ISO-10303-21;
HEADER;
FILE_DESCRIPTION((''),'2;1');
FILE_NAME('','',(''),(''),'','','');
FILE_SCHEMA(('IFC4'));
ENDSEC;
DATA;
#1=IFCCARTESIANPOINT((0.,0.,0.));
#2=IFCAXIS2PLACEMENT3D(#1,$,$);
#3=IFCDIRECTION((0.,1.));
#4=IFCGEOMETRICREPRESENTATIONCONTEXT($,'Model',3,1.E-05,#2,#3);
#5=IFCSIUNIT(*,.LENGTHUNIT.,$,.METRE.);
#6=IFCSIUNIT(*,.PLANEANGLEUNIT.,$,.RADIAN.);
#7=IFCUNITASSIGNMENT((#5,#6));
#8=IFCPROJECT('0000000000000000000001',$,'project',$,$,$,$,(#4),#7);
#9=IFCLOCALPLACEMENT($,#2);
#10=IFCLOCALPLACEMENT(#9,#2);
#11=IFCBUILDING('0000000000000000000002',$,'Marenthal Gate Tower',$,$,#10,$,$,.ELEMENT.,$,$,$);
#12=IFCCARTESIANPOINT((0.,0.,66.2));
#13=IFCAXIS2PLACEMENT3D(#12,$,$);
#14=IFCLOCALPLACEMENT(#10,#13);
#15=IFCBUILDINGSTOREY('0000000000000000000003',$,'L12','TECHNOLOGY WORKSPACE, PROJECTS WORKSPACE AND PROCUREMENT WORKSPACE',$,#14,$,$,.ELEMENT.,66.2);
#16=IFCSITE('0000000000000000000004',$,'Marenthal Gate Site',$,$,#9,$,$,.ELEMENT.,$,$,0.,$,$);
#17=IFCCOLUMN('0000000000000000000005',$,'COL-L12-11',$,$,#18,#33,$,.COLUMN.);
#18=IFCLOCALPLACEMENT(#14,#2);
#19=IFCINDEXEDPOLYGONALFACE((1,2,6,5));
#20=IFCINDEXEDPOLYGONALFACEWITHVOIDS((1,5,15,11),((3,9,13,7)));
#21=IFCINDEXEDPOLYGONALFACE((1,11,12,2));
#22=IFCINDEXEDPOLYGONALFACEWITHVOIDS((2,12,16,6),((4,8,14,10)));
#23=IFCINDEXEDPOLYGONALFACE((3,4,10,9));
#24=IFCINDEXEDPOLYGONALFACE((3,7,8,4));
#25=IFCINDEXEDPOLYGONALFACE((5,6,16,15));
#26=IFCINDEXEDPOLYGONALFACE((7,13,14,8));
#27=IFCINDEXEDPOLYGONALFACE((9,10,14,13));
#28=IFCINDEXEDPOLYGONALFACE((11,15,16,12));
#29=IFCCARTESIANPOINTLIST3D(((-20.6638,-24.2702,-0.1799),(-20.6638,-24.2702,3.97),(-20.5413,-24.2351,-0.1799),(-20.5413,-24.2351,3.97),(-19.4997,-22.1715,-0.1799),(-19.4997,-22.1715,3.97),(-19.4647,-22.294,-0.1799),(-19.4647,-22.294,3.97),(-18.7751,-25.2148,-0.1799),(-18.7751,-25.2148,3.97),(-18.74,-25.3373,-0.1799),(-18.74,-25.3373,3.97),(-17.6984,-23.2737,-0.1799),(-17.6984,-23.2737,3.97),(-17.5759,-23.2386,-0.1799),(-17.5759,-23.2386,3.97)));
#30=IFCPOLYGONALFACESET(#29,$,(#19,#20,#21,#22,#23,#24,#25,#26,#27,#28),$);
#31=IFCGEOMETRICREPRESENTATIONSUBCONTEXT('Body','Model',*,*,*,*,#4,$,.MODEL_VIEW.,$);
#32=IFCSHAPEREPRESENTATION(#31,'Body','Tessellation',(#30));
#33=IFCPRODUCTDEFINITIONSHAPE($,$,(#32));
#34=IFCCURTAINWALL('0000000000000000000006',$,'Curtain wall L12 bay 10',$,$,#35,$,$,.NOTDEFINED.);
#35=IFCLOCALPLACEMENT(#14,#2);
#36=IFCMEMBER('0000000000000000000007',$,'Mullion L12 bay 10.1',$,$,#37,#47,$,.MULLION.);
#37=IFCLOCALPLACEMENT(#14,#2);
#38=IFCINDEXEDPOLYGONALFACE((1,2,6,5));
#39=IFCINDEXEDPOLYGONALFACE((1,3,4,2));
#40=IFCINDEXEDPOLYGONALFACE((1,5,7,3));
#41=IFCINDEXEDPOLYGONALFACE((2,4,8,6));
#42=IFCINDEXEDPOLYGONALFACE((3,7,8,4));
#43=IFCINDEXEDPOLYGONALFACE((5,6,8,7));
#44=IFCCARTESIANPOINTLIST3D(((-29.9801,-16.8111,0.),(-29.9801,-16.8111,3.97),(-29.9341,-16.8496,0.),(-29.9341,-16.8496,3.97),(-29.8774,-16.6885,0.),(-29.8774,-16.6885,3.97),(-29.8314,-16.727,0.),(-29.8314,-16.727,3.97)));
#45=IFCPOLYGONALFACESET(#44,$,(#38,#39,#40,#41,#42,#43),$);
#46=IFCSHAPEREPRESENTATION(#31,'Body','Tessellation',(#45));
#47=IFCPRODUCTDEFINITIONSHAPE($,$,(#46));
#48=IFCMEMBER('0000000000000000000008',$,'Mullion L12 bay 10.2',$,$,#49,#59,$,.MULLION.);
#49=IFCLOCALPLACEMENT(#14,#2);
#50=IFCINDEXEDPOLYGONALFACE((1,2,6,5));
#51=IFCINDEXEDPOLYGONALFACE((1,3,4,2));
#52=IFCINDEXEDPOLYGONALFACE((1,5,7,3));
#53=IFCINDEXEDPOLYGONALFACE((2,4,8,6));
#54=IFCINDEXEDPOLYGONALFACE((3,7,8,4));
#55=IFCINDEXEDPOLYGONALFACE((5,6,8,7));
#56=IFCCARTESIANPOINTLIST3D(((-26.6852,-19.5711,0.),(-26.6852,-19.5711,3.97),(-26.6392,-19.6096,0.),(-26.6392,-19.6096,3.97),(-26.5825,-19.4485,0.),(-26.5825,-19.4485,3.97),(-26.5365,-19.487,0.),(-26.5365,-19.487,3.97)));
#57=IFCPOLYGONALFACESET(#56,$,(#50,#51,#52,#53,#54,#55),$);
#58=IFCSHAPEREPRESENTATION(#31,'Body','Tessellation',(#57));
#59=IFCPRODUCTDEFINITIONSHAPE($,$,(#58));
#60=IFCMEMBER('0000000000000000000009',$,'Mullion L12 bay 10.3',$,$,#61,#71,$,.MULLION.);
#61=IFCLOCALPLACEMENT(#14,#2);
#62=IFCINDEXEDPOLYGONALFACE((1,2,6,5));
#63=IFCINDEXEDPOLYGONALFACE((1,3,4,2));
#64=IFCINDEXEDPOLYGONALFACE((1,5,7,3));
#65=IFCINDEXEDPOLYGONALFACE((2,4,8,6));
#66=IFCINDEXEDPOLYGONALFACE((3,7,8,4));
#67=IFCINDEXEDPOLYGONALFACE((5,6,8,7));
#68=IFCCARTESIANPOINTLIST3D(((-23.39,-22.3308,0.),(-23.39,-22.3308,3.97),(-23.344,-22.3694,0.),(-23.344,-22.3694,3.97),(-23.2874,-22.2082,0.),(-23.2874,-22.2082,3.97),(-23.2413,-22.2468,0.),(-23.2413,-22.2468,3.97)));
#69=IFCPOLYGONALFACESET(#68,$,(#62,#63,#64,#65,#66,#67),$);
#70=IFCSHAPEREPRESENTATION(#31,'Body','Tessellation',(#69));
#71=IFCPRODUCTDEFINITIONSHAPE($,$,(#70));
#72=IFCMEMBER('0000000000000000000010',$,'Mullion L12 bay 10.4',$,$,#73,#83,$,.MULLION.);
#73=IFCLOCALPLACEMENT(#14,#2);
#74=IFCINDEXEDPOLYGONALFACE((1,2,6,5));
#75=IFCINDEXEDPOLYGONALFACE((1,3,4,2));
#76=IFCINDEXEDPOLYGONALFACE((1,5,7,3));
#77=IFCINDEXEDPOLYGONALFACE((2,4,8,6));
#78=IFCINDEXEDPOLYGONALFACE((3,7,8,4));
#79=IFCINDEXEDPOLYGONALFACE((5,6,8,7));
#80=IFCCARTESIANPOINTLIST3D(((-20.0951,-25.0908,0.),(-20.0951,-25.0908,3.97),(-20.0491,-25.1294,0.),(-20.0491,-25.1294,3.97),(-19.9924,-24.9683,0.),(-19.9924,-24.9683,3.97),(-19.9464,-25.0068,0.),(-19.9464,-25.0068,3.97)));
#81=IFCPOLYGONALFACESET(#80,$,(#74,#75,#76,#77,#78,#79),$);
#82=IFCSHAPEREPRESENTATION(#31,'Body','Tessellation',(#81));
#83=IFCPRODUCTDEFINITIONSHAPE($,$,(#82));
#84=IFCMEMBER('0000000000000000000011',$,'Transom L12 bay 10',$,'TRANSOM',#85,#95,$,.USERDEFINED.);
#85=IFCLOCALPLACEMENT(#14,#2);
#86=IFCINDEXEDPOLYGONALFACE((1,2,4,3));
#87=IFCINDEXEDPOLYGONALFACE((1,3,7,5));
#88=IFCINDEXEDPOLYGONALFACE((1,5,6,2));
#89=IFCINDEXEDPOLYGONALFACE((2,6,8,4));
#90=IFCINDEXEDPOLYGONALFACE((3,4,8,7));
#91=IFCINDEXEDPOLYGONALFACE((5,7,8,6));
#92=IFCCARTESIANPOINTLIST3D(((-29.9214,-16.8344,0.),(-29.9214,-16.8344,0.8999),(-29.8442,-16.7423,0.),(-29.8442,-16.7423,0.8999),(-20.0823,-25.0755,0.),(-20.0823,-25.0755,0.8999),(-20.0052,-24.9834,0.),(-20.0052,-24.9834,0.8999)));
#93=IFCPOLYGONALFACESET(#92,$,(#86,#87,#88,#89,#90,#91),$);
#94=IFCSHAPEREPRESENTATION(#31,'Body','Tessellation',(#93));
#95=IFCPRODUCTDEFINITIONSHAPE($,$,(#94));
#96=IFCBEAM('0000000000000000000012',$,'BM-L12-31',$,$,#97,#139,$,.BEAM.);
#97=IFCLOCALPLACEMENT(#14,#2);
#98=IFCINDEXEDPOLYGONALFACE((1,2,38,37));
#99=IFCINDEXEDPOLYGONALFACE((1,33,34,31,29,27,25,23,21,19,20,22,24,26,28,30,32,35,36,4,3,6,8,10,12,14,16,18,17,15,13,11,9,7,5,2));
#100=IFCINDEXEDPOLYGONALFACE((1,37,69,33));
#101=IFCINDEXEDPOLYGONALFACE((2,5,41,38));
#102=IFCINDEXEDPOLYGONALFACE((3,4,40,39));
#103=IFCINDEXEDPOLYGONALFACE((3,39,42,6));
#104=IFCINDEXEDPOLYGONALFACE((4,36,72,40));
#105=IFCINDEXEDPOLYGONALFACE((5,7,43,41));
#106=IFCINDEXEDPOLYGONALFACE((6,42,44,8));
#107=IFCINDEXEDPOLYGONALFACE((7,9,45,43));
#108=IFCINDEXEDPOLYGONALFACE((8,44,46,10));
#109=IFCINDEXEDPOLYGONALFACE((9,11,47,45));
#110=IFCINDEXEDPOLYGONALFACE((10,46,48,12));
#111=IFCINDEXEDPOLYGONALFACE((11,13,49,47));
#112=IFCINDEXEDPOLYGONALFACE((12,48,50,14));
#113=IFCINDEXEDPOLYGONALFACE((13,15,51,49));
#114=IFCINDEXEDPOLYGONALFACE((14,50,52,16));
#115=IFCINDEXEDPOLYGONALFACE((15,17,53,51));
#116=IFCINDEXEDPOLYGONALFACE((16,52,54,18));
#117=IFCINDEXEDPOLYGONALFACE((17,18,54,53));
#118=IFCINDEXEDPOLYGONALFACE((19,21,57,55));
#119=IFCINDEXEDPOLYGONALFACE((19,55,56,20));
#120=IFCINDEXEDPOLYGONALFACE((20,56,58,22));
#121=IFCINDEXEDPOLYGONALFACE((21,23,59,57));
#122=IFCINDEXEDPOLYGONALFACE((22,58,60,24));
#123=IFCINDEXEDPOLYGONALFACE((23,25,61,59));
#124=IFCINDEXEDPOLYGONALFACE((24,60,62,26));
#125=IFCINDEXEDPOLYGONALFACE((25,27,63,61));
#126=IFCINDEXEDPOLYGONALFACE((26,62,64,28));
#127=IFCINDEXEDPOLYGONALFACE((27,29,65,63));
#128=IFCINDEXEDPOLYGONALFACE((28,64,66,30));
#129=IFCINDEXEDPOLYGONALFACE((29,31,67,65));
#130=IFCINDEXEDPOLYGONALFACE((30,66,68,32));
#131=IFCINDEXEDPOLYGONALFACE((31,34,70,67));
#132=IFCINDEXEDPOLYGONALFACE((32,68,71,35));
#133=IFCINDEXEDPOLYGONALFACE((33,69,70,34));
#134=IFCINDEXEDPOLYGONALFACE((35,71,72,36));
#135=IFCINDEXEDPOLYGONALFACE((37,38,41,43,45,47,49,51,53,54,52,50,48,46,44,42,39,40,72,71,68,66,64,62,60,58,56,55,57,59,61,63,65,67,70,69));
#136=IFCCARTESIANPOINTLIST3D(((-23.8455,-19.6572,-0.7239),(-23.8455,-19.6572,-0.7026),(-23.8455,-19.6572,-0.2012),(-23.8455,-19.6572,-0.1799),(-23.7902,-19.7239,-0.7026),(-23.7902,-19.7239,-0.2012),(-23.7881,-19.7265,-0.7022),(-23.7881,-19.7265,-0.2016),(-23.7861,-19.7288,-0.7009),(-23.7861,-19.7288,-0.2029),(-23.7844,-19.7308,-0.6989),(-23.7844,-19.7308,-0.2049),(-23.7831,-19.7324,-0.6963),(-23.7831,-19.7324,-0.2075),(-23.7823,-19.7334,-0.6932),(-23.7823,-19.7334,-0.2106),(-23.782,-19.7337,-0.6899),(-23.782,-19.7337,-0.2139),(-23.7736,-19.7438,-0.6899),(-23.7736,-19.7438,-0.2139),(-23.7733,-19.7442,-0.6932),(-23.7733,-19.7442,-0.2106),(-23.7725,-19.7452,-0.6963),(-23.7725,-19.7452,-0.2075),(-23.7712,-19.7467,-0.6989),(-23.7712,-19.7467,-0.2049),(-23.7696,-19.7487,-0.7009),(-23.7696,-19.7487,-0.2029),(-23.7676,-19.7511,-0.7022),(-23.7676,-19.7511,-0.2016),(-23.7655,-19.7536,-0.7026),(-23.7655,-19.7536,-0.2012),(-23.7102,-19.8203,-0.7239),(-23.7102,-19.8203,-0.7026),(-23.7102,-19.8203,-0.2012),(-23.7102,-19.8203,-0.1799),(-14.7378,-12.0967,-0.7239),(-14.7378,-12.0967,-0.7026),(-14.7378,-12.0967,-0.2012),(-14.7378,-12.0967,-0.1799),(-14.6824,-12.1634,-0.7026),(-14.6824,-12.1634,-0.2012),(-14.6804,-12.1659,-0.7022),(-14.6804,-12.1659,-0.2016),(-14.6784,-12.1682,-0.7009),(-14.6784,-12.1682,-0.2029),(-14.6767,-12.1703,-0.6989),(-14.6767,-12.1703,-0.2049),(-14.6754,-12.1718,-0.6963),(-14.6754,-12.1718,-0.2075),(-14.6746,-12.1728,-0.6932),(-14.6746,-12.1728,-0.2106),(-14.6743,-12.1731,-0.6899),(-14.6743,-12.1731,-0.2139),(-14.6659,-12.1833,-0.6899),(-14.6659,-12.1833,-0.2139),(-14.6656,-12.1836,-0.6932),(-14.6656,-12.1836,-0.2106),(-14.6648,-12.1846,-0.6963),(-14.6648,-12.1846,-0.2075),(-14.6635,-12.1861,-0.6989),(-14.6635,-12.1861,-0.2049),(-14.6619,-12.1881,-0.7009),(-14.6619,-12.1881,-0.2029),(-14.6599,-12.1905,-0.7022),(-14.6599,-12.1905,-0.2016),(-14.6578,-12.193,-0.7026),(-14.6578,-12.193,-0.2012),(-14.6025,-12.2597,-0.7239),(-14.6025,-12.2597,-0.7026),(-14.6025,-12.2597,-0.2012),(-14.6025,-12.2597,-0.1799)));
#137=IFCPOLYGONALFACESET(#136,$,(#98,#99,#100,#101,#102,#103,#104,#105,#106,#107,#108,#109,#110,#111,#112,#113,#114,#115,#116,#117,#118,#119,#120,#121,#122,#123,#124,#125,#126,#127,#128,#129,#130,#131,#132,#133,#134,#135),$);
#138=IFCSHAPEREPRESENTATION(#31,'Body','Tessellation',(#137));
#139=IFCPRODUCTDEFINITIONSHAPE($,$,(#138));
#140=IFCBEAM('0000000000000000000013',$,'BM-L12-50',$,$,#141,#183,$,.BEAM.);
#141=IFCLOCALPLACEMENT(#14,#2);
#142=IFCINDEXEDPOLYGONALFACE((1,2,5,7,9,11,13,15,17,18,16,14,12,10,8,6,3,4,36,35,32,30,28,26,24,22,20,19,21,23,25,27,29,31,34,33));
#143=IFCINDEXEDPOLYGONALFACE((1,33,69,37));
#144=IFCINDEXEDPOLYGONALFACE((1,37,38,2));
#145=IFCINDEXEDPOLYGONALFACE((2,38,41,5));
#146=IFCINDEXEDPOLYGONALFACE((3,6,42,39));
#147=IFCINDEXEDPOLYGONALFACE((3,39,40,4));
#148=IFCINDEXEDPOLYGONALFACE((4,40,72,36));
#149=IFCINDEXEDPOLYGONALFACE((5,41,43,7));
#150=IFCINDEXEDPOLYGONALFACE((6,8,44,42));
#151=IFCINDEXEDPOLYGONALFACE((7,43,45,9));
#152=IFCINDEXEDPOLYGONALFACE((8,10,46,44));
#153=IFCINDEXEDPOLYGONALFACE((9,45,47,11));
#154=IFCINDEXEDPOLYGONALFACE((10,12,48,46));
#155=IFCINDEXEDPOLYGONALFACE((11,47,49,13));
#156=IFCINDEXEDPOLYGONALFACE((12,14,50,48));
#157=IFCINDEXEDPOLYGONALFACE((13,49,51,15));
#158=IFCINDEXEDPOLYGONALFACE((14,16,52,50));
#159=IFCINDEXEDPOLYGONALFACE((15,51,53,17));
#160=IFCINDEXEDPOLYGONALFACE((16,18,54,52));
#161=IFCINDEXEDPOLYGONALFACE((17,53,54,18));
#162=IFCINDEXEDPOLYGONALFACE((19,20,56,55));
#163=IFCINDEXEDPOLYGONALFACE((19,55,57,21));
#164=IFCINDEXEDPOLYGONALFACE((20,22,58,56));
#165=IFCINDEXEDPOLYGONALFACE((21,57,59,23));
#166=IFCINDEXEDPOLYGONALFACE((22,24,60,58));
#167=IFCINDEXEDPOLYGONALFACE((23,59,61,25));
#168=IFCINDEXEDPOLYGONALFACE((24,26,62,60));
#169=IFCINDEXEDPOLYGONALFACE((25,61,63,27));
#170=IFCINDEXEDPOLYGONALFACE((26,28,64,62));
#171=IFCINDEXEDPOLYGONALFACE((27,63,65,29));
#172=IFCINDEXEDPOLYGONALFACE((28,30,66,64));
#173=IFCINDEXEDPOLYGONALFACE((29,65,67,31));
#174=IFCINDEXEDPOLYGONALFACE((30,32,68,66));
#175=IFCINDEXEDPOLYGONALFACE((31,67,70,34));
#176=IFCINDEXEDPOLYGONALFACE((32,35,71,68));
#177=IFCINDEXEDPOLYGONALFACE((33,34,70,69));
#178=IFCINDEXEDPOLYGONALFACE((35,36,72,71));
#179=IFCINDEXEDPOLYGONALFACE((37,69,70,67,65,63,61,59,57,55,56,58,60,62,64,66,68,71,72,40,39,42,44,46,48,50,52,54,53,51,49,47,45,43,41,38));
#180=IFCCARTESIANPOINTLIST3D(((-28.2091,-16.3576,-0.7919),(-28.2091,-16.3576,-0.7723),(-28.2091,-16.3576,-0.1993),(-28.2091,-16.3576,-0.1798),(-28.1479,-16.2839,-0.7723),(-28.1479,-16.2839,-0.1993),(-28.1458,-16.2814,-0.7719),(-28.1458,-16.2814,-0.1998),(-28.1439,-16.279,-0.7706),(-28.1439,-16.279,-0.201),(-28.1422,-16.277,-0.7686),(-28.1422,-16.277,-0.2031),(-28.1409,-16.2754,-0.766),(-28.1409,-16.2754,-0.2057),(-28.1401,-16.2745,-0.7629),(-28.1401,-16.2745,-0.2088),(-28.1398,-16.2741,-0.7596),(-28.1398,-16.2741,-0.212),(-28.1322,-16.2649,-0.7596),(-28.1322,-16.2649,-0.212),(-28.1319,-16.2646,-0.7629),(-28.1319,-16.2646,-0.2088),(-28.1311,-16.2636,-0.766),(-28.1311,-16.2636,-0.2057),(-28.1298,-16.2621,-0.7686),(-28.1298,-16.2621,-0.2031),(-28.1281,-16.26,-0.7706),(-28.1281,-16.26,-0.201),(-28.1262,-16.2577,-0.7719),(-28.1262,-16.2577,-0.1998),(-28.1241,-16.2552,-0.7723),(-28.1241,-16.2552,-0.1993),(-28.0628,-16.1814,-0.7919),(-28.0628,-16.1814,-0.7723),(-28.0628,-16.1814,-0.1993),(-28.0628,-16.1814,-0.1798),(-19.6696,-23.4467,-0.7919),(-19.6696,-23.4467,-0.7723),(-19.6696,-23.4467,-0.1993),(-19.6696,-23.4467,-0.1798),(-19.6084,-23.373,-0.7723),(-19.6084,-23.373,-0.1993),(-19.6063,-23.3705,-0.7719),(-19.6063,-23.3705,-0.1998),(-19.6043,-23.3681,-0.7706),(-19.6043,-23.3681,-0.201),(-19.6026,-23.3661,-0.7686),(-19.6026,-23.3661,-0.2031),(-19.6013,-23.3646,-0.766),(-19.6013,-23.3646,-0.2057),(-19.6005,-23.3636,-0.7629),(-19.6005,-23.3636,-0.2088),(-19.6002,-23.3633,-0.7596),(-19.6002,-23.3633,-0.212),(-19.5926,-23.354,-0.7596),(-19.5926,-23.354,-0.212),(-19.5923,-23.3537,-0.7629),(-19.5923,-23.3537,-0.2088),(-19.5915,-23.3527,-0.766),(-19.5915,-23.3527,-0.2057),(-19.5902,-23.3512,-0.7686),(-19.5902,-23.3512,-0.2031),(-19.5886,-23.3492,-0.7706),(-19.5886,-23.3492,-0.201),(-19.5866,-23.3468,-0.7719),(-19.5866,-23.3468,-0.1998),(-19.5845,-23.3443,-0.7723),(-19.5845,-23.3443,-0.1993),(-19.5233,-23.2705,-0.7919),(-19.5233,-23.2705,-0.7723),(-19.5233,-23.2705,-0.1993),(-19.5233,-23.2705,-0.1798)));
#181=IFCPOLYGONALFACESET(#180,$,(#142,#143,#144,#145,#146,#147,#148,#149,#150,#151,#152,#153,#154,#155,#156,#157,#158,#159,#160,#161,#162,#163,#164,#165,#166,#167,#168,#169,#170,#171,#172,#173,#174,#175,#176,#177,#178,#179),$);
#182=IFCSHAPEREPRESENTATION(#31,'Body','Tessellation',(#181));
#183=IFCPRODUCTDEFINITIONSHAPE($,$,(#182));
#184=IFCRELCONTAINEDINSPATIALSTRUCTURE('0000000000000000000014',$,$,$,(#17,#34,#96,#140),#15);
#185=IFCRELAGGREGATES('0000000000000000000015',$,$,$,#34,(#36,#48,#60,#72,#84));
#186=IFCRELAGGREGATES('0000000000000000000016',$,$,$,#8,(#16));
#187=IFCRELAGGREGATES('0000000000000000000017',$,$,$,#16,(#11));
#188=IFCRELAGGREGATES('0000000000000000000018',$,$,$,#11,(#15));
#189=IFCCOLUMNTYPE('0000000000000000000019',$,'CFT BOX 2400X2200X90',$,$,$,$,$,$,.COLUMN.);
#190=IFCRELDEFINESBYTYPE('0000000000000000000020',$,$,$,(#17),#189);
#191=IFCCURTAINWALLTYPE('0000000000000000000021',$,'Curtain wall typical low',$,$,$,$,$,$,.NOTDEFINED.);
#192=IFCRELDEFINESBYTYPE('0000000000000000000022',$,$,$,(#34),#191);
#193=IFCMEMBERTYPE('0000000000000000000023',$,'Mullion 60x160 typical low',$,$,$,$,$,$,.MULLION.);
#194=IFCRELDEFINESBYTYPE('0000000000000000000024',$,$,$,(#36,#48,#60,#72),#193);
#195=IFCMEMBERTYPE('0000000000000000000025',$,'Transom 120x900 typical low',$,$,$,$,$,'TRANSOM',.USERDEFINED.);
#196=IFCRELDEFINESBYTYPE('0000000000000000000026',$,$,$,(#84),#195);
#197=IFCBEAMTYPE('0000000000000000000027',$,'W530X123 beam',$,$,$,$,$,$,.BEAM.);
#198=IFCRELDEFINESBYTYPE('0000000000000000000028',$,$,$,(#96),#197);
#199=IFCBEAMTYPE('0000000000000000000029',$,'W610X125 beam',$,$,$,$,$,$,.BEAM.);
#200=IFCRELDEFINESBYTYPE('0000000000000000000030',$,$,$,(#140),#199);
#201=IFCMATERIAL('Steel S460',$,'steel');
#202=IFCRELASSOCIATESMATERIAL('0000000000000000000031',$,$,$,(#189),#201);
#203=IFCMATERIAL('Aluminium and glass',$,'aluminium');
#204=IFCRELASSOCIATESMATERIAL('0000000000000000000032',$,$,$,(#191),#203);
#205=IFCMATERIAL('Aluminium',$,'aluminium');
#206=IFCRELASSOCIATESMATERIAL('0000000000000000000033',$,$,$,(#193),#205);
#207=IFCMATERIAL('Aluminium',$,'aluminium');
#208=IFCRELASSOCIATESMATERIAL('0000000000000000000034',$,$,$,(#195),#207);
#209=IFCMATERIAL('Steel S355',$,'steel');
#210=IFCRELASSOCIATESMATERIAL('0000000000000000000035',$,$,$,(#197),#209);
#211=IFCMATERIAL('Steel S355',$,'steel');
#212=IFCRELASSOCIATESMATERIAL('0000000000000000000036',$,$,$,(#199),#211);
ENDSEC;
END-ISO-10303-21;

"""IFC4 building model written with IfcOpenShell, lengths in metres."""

from ifc_helpers import new_model, si_unit, direction, frame, origin, origin_2d, place, context, subcontext, project, spatial, rectangle, hollow_rectangle, i_section, extrude, material, material_profile, profile_set, type_object, element, aggregate, save


model = new_model("IFC4")

# Units and contexts
model_context = context("Model", 3, precision=1e-05, world=origin(), true_north=direction((0.0, 1.0)))
body_context = subcontext(model_context, "Body", "Model", "MODEL_VIEW")
ifc_project = project(units=[si_unit("LENGTHUNIT", "METRE"), si_unit("PLANEANGLEUNIT", "RADIAN")], contexts=[model_context])

# Site, building, storey
site_placement = place(None, origin())
site = spatial("IfcSite", under=ifc_project, at=site_placement, Name="Marenthal Gate Site", CompositionType="ELEMENT", RefElevation=0.0)
building_placement = place(site_placement, origin())
building = spatial("IfcBuilding", under=site, at=building_placement, Name="Marenthal Gate Tower", CompositionType="ELEMENT")
storey_placement = place(building_placement, frame((0.0, 0.0, 66.2)))
storey = spatial("IfcBuildingStorey", under=building, at=storey_placement, Name="L12", Description="TECHNOLOGY WORKSPACE, PROJECTS WORKSPACE AND PROCUREMENT WORKSPACE", CompositionType="ELEMENT", Elevation=66.2)

# Column
ifc_material_1 = material(Name="Steel S460", Category="steel")
ifc_material_profile_1 = material_profile(ifc_material_1, hollow_rectangle(XDim=2.2, YDim=2.3999, WallThickness=0.0901, at=origin_2d()), Name="CFT BOX 2400X2200X90")
ifc_material_2 = material(Name="Concrete 70 MPa", Category="concrete")
ifc_material_profile_2 = material_profile(ifc_material_2, rectangle(XDim=2.02, YDim=2.22, at=origin_2d()), Name="CFT BOX 2400X2200X90 INFILL")
ifc_profile_set_1 = profile_set([ifc_material_profile_1, ifc_material_profile_2], Name="Steel S460 shell, Concrete 70 MPa infill")
column_type = type_object("IfcColumnType", Name="CFT BOX 2400X2200X90", PredefinedType="COLUMN", material=ifc_profile_set_1)
column_placement = place(storey_placement, frame((-19.1199, -23.7544, -0.1799), z_axis=(0.0, 0.0, 1.0), x_axis=(-0.874483, 0.485055, 0.0)))
element("IfcColumn", 1, at=column_placement, inside=storey, type_object=column_type, Name="COL-L12-11", PredefinedType="COLUMN", context=body_context, shape_type="SweptSolid", body=[
    extrude(hollow_rectangle(XDim=2.2, YDim=2.3999, WallThickness=0.0901, at=origin_2d()), origin(), (0.0, 0.0, 1.0), 4.1499),
])

# Curtain wall, members
ifc_material_3 = material(Name="Aluminium and glass", Category="aluminium")
curtain_wall_type = type_object("IfcCurtainWallType", Name="Curtain wall typical low", PredefinedType="NOTDEFINED", material=ifc_material_3)
curtain_wall_placement = place(storey_placement, origin())
curtain_wall = element("IfcCurtainWall", 2, at=curtain_wall_placement, inside=storey, type_object=curtain_wall_type, Name="Curtain wall L12 bay 10", PredefinedType="NOTDEFINED")
ifc_material_4 = material(Name="Aluminium", Category="aluminium")
ifc_material_profile_3 = material_profile(ifc_material_4, rectangle(XDim=0.1599, YDim=0.0601, at=origin_2d()), Name="60x160 aluminium mullion")
ifc_profile_set_2 = profile_set([ifc_material_profile_3], Name="Aluminium")
member_type_1 = type_object("IfcMemberType", Name="Mullion 60x160 typical low", PredefinedType="MULLION", material=ifc_profile_set_2)
member_1_placement = place(storey_placement, frame((-29.9058, -16.769, 0.0), z_axis=(0.0, 0.0, 1.0), x_axis=(0.642112, 0.766611, 0.0)))
member_1 = element("IfcMember", 3, at=member_1_placement, type_object=member_type_1, Name="Mullion L12 bay 10.1", PredefinedType="MULLION", context=body_context, shape_type="SweptSolid", body=[
    extrude(rectangle(XDim=0.1599, YDim=0.0601, at=origin_2d()), origin(), (0.0, 0.0, 1.0), 3.97),
])
member_2_placement = place(storey_placement, frame((-26.6108, -19.5291, 0.0), z_axis=(0.0, 0.0, 1.0), x_axis=(0.642112, 0.766611, 0.0)))
member_2 = element("IfcMember", 4, at=member_2_placement, type_object=member_type_1, Name="Mullion L12 bay 10.2", PredefinedType="MULLION", context=body_context, shape_type="SweptSolid", body=[
    extrude(rectangle(XDim=0.1599, YDim=0.0601, at=origin_2d()), origin(), (0.0, 0.0, 1.0), 3.97),
])
member_3_placement = place(storey_placement, frame((-23.3157, -22.2888, 0.0), z_axis=(0.0, 0.0, 1.0), x_axis=(0.642112, 0.766611, 0.0)))
member_3 = element("IfcMember", 5, at=member_3_placement, type_object=member_type_1, Name="Mullion L12 bay 10.3", PredefinedType="MULLION", context=body_context, shape_type="SweptSolid", body=[
    extrude(rectangle(XDim=0.1599, YDim=0.0601, at=origin_2d()), origin(), (0.0, 0.0, 1.0), 3.97),
])
member_4_placement = place(storey_placement, frame((-20.0208, -25.0488, 0.0), z_axis=(0.0, 0.0, 1.0), x_axis=(0.642112, 0.766611, 0.0)))
member_4 = element("IfcMember", 6, at=member_4_placement, type_object=member_type_1, Name="Mullion L12 bay 10.4", PredefinedType="MULLION", context=body_context, shape_type="SweptSolid", body=[
    extrude(rectangle(XDim=0.1599, YDim=0.0601, at=origin_2d()), origin(), (0.0, 0.0, 1.0), 3.97),
])
ifc_material_5 = material(Name="Aluminium", Category="aluminium")
ifc_material_profile_4 = material_profile(ifc_material_5, rectangle(XDim=0.1201, YDim=0.8999, at=origin_2d()), Name="120x900 aluminium transom")
ifc_profile_set_3 = profile_set([ifc_material_profile_4], Name="Aluminium")
member_type_2 = type_object("IfcMemberType", Name="Transom 120x900 typical low", ElementType="TRANSOM", PredefinedType="USERDEFINED", material=ifc_profile_set_3)
member_5_placement = place(storey_placement, frame((-29.8828, -16.7883, 0.45), z_axis=(0.766611, -0.642111, 0.0), x_axis=(0.642111, 0.766611, 0.0)))
member_5 = element("IfcMember", 7, at=member_5_placement, type_object=member_type_2, Name="Transom L12 bay 10", ObjectType="TRANSOM", PredefinedType="USERDEFINED", context=body_context, shape_type="SweptSolid", body=[
    extrude(rectangle(XDim=0.1201, YDim=0.8999, at=origin_2d()), origin(), (0.0, 0.0, 1.0), 12.8345),
])

# Beams
ifc_material_6 = material(Name="Steel S355", Category="steel")
ifc_material_profile_5 = material_profile(ifc_material_6, i_section(OverallWidth=0.2119, OverallDepth=0.5439, WebThickness=0.0132, FlangeThickness=0.0212, FilletRadius=0.0127, at=origin_2d()), Name="W530X123")
ifc_profile_set_4 = profile_set([ifc_material_profile_5], Name="Steel S355")
beam_type_1 = type_object("IfcBeamType", Name="W530X123 beam", PredefinedType="BEAM", material=ifc_profile_set_4)
beam_1_placement = place(storey_placement, frame((-23.7778, -19.7388, -0.4519), z_axis=(0.769432, 0.638729, 0.0), x_axis=(-0.638729, 0.769432, 0.0)))
element("IfcBeam", 8, at=beam_1_placement, inside=storey, type_object=beam_type_1, Name="BM-L12-31", PredefinedType="BEAM", context=body_context, shape_type="SweptSolid", body=[
    extrude(i_section(OverallWidth=0.2119, OverallDepth=0.5439, WebThickness=0.0132, FlangeThickness=0.0212, FilletRadius=0.0127, at=origin_2d()), origin(), (0.0, 0.0, 1.0), 11.8369),
])
ifc_material_7 = material(Name="Steel S355", Category="steel")
ifc_material_profile_6 = material_profile(ifc_material_7, i_section(OverallWidth=0.229, OverallDepth=0.6121, WebThickness=0.012, FlangeThickness=0.0195, FilletRadius=0.0127, at=origin_2d()), Name="W610X125")
ifc_profile_set_5 = profile_set([ifc_material_profile_6], Name="Steel S355")
beam_type_2 = type_object("IfcBeamType", Name="W610X125 beam", PredefinedType="BEAM", material=ifc_profile_set_5)
beam_2_placement = place(storey_placement, frame((-28.136, -16.2695, -0.4858), z_axis=(0.769424, -0.638738, 0.0), x_axis=(0.638738, 0.769424, 0.0)))
element("IfcBeam", 9, at=beam_2_placement, inside=storey, type_object=beam_type_2, Name="BM-L12-50", PredefinedType="BEAM", context=body_context, shape_type="SweptSolid", body=[
    extrude(i_section(OverallWidth=0.229, OverallDepth=0.6121, WebThickness=0.012, FlangeThickness=0.0195, FilletRadius=0.0127, at=origin_2d()), origin(), (0.0, 0.0, 1.0), 11.0986),
])

aggregate(curtain_wall, [member_1, member_2, member_3, member_4, member_5])

save(model, "model.ifc")
